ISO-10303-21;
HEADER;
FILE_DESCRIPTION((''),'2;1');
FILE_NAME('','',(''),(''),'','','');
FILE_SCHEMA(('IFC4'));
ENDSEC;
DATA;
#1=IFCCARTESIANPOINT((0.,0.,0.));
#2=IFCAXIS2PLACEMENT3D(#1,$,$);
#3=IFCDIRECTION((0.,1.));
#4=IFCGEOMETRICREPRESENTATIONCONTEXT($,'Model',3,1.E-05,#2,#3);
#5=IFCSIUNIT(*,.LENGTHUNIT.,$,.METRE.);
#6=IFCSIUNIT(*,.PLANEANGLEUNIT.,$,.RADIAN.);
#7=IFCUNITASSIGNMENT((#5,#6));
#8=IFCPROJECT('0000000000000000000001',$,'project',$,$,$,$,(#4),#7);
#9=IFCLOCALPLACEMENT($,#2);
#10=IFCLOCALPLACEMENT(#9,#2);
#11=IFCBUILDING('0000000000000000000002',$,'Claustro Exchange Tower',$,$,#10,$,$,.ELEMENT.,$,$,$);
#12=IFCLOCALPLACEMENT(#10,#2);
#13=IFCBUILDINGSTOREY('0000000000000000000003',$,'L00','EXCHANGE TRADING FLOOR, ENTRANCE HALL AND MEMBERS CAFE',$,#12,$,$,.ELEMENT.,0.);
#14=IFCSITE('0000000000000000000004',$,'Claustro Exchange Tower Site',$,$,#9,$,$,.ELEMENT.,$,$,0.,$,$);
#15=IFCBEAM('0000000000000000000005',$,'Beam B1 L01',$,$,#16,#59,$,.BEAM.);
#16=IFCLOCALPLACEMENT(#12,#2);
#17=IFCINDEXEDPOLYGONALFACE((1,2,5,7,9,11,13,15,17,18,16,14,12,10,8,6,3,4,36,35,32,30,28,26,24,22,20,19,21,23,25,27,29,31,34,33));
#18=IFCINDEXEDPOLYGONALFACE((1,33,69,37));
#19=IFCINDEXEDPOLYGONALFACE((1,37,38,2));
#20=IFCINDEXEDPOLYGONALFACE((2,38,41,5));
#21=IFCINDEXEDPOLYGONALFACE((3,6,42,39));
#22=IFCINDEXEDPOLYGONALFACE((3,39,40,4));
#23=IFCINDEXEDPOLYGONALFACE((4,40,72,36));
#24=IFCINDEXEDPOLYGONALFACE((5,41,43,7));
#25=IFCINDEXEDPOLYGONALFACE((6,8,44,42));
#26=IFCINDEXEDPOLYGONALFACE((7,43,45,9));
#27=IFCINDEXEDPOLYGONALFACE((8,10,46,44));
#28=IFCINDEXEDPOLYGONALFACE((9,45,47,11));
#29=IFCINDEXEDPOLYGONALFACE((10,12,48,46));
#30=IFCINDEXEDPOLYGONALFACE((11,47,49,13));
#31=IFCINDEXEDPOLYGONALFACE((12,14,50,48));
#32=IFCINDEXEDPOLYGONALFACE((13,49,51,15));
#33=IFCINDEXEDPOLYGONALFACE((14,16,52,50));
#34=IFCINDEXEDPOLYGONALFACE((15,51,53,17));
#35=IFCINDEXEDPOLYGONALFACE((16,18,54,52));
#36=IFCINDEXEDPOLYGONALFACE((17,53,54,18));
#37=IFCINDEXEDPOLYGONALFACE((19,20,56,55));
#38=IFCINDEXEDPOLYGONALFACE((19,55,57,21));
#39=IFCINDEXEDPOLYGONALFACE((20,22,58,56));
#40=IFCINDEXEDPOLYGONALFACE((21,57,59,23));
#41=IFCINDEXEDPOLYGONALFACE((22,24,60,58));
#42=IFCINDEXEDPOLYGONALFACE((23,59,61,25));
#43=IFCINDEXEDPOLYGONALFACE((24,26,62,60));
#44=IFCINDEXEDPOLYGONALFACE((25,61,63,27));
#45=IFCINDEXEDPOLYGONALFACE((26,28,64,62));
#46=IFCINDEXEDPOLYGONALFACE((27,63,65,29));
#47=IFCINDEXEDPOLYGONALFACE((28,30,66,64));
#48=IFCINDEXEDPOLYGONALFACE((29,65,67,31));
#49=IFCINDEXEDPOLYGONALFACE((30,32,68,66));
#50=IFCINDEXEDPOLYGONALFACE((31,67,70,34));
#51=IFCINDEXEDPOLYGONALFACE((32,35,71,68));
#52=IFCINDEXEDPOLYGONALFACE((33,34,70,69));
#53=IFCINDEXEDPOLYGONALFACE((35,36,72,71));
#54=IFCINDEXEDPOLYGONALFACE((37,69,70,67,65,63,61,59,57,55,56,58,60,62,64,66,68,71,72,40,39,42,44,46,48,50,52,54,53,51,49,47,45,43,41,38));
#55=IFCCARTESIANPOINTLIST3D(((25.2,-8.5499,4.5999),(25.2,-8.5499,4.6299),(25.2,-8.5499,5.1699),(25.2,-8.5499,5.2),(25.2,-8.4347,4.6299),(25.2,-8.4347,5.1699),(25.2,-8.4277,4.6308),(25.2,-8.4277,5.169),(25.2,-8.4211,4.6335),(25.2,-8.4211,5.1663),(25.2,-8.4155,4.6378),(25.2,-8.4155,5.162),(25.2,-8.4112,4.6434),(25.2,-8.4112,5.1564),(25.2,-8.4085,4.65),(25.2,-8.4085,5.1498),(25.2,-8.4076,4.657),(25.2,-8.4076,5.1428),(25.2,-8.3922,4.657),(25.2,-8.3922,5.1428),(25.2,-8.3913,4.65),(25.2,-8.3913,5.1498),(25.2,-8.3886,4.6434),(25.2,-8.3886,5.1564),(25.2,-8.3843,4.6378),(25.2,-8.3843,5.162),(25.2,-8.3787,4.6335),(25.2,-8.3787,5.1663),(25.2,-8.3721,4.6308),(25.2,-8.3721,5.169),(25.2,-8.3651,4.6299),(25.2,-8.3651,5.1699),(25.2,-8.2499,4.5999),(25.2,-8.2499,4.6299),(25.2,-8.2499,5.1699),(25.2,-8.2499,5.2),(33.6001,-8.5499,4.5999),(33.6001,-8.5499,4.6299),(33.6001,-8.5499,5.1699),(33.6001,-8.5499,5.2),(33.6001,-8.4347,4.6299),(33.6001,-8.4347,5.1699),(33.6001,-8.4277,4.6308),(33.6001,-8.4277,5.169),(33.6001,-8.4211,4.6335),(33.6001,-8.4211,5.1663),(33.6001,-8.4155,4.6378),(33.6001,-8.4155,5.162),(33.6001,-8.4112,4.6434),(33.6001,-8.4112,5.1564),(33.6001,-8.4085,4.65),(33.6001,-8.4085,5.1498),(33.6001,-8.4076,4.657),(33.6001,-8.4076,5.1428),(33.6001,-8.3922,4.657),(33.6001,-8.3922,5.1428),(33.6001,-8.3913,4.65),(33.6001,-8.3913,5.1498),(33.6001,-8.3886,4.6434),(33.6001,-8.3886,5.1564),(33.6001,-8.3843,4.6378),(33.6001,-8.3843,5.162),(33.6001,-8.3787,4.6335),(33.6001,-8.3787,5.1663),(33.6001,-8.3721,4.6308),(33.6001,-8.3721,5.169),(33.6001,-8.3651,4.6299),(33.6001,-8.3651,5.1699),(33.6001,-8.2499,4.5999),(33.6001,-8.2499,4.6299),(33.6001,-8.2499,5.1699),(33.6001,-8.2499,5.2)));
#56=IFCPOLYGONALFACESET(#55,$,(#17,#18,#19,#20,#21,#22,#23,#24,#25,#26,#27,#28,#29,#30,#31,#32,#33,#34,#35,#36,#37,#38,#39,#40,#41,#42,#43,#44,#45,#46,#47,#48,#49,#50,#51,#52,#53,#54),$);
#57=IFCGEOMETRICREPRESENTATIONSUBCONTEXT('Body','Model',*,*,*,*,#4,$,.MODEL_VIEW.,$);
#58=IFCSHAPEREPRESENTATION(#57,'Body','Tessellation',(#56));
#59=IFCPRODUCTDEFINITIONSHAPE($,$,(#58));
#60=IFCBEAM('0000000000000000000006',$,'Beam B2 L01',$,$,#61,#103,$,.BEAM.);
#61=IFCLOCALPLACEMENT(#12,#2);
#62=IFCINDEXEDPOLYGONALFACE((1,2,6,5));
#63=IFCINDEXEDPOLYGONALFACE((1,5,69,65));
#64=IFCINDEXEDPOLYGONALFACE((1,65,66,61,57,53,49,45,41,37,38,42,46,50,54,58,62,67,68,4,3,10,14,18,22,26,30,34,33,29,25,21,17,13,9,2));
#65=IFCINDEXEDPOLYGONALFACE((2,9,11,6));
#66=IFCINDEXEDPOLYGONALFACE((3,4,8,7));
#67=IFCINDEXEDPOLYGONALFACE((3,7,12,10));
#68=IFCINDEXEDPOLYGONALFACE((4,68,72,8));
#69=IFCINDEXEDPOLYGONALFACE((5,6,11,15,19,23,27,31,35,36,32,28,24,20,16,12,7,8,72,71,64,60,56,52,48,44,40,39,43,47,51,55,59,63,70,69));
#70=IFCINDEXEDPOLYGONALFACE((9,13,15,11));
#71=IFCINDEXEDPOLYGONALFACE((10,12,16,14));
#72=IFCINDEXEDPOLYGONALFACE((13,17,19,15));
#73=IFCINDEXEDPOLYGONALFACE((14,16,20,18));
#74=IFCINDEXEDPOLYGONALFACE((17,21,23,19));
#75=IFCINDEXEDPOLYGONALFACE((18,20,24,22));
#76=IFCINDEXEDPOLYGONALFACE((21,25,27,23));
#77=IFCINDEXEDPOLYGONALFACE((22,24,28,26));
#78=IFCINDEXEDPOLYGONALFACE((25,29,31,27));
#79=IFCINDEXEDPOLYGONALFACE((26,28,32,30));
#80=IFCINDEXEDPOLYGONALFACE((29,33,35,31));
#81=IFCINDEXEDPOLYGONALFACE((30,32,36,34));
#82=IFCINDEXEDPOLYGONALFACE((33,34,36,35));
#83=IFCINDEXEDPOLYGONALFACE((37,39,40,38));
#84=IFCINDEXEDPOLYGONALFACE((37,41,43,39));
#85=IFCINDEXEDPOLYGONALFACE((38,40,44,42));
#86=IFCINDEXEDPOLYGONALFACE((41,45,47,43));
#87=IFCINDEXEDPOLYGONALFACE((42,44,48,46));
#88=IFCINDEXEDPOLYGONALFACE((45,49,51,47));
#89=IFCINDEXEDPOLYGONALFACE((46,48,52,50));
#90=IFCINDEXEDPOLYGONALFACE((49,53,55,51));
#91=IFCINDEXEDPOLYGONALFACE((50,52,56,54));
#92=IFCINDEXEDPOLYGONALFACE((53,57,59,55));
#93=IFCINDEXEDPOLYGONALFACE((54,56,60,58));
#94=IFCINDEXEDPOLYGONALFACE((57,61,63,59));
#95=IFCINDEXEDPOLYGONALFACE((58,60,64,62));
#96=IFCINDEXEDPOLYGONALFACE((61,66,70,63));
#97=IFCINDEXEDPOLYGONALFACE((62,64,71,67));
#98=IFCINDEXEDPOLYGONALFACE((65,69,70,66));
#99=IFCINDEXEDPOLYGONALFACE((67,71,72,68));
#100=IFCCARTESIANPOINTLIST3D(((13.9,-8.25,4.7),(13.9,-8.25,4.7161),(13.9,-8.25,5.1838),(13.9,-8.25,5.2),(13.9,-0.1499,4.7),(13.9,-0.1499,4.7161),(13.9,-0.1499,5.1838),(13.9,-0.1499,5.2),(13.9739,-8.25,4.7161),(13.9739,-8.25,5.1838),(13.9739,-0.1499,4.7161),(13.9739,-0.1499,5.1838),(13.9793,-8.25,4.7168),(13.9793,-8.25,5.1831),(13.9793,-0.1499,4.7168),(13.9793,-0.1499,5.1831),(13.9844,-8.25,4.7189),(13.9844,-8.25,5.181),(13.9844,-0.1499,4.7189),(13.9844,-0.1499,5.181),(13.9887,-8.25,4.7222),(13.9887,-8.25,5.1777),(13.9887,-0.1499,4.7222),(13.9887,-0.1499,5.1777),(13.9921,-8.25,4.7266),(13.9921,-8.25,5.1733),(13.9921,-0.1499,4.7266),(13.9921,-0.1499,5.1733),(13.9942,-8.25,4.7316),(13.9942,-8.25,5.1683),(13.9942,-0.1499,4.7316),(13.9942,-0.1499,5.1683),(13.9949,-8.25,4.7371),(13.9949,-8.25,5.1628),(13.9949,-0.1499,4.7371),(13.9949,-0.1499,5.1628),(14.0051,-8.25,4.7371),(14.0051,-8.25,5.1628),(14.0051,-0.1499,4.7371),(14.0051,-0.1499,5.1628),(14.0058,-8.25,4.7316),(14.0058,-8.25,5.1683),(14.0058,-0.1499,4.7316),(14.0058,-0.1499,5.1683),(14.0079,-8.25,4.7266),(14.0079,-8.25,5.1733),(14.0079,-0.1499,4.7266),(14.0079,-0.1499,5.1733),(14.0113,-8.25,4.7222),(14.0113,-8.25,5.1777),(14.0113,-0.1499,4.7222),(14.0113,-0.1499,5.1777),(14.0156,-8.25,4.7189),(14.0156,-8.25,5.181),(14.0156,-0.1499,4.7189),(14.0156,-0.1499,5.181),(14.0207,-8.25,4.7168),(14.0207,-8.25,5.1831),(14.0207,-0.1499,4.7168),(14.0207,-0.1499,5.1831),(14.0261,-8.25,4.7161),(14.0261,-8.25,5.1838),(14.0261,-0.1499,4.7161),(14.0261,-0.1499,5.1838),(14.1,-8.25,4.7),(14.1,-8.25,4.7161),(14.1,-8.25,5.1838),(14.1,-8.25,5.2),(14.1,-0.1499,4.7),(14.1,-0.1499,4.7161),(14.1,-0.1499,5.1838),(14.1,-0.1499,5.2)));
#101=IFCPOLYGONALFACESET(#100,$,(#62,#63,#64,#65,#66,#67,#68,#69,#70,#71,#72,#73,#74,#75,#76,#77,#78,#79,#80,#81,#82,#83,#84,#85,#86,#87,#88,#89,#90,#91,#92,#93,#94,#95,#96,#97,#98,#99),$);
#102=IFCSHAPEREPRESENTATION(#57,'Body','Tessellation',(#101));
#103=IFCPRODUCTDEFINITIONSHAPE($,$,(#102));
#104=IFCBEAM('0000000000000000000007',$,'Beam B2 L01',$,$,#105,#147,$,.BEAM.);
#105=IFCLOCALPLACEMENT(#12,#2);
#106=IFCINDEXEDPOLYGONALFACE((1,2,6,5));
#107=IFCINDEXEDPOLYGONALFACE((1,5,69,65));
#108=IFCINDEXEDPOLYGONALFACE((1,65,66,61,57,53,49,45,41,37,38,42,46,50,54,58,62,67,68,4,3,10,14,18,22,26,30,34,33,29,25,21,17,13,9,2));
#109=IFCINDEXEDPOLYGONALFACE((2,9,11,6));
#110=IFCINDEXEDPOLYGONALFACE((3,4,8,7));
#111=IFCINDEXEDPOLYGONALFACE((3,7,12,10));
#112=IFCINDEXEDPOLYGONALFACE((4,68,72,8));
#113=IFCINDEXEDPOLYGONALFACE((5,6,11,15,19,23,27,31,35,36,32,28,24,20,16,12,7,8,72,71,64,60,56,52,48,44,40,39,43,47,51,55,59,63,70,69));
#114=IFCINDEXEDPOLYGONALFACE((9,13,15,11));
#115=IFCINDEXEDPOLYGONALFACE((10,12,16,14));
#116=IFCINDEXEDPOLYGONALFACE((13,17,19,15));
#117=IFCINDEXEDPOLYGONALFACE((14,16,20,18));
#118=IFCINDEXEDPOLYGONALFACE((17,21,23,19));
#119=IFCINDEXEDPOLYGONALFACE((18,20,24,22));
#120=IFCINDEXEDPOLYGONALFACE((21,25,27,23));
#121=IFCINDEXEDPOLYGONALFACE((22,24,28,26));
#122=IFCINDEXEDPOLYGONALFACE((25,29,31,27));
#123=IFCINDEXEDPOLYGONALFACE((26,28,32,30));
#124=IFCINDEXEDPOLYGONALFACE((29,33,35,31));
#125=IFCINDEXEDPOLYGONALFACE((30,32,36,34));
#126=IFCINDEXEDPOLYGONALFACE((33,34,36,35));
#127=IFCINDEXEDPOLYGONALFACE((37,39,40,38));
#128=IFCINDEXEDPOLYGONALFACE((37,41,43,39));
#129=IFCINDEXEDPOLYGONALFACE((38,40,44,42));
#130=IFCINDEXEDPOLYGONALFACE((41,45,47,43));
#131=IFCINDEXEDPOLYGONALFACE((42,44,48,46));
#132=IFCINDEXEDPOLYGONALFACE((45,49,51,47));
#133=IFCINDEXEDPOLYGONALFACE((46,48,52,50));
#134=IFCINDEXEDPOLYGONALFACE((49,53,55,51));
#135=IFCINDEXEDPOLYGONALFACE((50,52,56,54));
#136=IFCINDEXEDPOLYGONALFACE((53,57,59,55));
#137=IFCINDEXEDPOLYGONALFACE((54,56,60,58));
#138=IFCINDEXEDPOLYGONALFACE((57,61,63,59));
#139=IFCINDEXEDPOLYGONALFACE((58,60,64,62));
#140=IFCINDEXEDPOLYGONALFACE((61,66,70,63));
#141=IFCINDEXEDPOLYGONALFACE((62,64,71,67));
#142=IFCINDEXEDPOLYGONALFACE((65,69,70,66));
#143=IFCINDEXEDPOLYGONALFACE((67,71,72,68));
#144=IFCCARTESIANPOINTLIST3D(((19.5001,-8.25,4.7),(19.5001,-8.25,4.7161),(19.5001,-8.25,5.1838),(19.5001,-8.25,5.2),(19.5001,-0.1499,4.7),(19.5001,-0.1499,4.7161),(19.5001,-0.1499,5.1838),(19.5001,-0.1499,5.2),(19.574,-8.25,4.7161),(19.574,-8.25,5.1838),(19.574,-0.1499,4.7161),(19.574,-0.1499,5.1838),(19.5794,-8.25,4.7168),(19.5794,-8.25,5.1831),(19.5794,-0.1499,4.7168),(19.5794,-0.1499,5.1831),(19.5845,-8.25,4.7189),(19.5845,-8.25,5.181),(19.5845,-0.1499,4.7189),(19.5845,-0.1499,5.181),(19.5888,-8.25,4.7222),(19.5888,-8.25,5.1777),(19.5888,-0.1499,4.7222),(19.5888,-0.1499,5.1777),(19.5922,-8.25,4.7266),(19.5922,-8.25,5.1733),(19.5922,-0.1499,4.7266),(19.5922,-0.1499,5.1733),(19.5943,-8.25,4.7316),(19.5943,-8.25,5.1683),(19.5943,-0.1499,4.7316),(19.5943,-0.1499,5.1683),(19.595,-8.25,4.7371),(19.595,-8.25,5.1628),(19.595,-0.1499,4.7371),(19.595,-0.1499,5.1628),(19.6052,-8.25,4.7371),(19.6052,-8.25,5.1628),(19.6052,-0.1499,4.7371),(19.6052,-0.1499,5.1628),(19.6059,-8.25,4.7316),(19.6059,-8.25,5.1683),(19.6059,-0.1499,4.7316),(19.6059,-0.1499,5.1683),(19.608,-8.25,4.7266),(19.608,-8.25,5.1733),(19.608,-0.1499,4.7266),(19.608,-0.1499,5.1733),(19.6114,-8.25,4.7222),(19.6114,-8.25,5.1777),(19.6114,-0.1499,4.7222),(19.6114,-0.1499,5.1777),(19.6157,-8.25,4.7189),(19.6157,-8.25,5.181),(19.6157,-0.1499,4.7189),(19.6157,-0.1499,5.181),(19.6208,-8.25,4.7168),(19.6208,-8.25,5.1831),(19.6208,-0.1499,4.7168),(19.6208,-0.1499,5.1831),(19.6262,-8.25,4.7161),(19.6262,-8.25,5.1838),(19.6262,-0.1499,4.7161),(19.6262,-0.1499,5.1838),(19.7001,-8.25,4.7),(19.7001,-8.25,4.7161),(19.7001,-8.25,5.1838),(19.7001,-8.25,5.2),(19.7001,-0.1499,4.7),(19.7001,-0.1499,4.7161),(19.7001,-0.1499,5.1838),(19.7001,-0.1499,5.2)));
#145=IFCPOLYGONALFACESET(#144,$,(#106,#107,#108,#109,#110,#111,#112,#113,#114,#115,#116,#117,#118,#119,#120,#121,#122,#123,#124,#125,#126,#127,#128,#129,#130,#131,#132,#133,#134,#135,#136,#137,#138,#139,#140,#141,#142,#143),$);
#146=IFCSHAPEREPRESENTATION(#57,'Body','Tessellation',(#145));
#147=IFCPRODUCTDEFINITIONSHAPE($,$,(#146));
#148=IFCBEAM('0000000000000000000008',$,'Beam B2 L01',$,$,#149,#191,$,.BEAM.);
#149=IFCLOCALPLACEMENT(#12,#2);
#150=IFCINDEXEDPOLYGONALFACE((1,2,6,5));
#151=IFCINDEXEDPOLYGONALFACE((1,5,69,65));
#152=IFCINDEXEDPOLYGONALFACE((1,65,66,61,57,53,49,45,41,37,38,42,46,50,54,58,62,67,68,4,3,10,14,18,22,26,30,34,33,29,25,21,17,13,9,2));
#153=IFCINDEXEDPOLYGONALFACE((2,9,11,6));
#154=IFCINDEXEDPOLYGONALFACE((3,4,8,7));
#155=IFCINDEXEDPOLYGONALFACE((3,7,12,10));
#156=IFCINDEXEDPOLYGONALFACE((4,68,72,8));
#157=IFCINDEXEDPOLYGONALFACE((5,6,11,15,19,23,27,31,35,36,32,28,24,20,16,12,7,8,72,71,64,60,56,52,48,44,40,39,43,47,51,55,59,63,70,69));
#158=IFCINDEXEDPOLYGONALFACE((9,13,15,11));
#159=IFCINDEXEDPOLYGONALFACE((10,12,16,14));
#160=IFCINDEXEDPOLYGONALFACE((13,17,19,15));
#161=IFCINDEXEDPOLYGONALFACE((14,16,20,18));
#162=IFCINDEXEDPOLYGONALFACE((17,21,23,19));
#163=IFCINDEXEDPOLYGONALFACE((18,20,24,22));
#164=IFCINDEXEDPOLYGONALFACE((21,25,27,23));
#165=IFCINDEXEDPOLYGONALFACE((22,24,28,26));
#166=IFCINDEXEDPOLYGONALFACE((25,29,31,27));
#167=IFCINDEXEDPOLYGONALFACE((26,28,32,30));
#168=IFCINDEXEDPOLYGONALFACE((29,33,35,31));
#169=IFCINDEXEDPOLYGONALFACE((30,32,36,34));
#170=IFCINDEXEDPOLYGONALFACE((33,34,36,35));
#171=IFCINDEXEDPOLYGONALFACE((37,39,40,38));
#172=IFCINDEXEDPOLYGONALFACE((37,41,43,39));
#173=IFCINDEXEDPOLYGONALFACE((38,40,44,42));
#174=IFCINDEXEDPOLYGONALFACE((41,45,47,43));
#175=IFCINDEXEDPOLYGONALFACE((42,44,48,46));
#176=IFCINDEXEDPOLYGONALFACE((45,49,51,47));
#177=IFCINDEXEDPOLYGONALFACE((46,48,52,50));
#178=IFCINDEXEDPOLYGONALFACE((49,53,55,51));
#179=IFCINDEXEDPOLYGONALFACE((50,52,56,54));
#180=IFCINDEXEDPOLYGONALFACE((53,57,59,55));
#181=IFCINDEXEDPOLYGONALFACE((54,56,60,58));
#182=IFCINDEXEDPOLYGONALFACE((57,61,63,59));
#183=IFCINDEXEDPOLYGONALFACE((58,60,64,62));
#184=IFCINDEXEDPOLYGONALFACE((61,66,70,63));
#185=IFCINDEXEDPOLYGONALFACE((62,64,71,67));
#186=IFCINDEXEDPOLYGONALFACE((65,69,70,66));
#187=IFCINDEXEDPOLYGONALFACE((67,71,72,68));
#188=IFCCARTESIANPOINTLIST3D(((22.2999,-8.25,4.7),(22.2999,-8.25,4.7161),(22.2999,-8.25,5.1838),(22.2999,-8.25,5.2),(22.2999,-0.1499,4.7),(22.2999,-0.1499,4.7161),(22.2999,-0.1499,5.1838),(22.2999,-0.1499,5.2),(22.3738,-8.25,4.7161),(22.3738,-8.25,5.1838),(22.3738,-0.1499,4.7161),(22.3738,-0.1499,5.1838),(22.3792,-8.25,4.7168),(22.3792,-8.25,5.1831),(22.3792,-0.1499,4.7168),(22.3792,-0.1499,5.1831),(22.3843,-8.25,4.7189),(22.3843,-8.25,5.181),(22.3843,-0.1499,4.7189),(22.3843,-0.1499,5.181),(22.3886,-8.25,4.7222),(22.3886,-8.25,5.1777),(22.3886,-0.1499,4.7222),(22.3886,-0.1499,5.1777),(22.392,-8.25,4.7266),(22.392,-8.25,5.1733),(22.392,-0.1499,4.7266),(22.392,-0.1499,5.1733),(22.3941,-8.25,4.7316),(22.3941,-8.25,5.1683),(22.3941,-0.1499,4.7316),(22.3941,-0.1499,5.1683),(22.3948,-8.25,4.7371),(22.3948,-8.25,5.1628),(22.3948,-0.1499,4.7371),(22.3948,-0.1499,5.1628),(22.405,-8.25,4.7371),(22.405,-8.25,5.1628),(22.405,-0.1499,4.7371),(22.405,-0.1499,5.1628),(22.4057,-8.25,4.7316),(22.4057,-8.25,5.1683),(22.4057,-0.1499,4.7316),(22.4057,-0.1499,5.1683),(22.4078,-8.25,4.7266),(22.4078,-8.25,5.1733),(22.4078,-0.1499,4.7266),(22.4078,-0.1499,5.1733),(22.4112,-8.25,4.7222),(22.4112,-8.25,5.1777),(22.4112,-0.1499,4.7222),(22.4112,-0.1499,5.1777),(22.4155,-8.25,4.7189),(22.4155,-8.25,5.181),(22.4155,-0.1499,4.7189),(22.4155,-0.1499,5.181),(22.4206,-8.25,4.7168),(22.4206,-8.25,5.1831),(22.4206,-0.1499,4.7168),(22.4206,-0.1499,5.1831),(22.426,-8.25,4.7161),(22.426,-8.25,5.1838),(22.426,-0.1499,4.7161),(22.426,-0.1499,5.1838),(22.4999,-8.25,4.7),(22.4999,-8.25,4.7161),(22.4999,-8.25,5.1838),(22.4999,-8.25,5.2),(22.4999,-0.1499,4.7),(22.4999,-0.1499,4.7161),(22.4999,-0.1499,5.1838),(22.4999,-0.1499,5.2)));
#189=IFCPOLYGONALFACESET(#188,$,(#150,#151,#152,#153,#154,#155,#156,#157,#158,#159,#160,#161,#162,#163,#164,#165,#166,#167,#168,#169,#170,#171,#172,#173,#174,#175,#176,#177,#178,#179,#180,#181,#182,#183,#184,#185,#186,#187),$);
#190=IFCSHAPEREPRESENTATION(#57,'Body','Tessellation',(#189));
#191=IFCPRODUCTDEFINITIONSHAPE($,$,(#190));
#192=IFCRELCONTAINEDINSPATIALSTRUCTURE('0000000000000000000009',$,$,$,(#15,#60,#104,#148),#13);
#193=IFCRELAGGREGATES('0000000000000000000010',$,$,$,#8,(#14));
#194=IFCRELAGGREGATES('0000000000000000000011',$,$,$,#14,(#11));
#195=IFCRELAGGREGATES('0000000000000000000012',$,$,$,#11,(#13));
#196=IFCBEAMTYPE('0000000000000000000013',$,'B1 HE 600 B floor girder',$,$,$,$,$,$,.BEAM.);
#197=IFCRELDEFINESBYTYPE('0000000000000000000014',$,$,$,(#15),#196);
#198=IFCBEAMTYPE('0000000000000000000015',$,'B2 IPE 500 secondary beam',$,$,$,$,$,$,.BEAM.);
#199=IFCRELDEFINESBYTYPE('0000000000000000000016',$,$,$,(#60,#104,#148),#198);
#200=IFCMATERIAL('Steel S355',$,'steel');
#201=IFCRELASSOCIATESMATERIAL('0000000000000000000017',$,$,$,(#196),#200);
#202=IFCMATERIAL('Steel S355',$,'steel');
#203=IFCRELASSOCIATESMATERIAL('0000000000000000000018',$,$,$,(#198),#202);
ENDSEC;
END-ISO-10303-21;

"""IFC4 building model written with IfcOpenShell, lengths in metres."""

from ifc_helpers import new_model, si_unit, direction, frame, origin, origin_2d, place, context, subcontext, project, spatial, i_section, extrude, material, material_profile, profile_set, type_object, element, save


model = new_model("IFC4")

# Units and contexts
model_context = context("Model", 3, precision=1e-05, world=origin(), true_north=direction((0.0, 1.0)))
body_context = subcontext(model_context, "Body", "Model", "MODEL_VIEW")
ifc_project = project(units=[si_unit("LENGTHUNIT", "METRE"), si_unit("PLANEANGLEUNIT", "RADIAN")], contexts=[model_context])

# Site, building, storey
site_placement = place(None, origin())
site = spatial("IfcSite", under=ifc_project, at=site_placement, Name="Claustro Exchange Tower Site", CompositionType="ELEMENT", RefElevation=0.0)
building_placement = place(site_placement, origin())
building = spatial("IfcBuilding", under=site, at=building_placement, Name="Claustro Exchange Tower", CompositionType="ELEMENT")
storey_placement = place(building_placement, origin())
storey = spatial("IfcBuildingStorey", under=building, at=storey_placement, Name="L00", Description="EXCHANGE TRADING FLOOR, ENTRANCE HALL AND MEMBERS CAFE", CompositionType="ELEMENT", Elevation=0.0)

# Beams
ifc_material_1 = material(Name="Steel S355", Category="steel")
ifc_material_profile_1 = material_profile(ifc_material_1, i_section(OverallWidth=0.3, OverallDepth=0.6001, WebThickness=0.0154, FlangeThickness=0.03, FilletRadius=0.0271, at=origin_2d()), Name="HE 600 B")
ifc_profile_set_1 = profile_set([ifc_material_profile_1], Name="Steel S355")
beam_type_1 = type_object("IfcBeamType", Name="B1 HE 600 B floor girder", PredefinedType="BEAM", material=ifc_profile_set_1)
beam_placement = place(storey_placement, frame((25.2, -8.3999, 4.8999), z_axis=(1.0, 0.0, 0.0), x_axis=(0.0, 1.0, 0.0)))
element("IfcBeam", 1, at=beam_placement, inside=storey, type_object=beam_type_1, Name="Beam B1 L01", PredefinedType="BEAM", context=body_context, shape_type="SweptSolid", body=[
    extrude(i_section(OverallWidth=0.3, OverallDepth=0.6001, WebThickness=0.0154, FlangeThickness=0.03, FilletRadius=0.0271, at=origin_2d()), origin(), (0.0, 0.0, 1.0), 8.4001),
])
ifc_material_2 = material(Name="Steel S355", Category="steel")
ifc_material_profile_2 = material_profile(ifc_material_2, i_section(OverallWidth=0.2, OverallDepth=0.5, WebThickness=0.0103, FlangeThickness=0.0161, FilletRadius=0.021, at=origin_2d()), Name="IPE 500")
ifc_profile_set_2 = profile_set([ifc_material_profile_2], Name="Steel S355")
beam_type_2 = type_object("IfcBeamType", Name="B2 IPE 500 secondary beam", PredefinedType="BEAM", material=ifc_profile_set_2)
for number, where, z_axis, x_axis, name in (
    (2, (14.0, -8.25, 4.95), (0.0, 1.0, 0.0), (-1.0, 0.0, 0.0), "Beam B2 L01"),
    (3, (19.6001, -8.25, 4.95), (0.0, 1.0, 0.0), (-1.0, 0.0, 0.0), "Beam B2 L01"),
    (4, (22.3999, -8.25, 4.95), (0.0, 1.0, 0.0), (-1.0, 0.0, 0.0), "Beam B2 L01"),
):
    element("IfcBeam", number, at=place(storey_placement, frame(where, z_axis=z_axis, x_axis=x_axis)), inside=storey, type_object=beam_type_2, Name=name, PredefinedType="BEAM", context=body_context, shape_type="SweptSolid", body=[
        extrude(i_section(OverallWidth=0.2, OverallDepth=0.5, WebThickness=0.0103, FlangeThickness=0.0161, FilletRadius=0.021, at=origin_2d()), origin(), (0.0, 0.0, 1.0), 8.1001),
    ])

save(model, "model.ifc")
